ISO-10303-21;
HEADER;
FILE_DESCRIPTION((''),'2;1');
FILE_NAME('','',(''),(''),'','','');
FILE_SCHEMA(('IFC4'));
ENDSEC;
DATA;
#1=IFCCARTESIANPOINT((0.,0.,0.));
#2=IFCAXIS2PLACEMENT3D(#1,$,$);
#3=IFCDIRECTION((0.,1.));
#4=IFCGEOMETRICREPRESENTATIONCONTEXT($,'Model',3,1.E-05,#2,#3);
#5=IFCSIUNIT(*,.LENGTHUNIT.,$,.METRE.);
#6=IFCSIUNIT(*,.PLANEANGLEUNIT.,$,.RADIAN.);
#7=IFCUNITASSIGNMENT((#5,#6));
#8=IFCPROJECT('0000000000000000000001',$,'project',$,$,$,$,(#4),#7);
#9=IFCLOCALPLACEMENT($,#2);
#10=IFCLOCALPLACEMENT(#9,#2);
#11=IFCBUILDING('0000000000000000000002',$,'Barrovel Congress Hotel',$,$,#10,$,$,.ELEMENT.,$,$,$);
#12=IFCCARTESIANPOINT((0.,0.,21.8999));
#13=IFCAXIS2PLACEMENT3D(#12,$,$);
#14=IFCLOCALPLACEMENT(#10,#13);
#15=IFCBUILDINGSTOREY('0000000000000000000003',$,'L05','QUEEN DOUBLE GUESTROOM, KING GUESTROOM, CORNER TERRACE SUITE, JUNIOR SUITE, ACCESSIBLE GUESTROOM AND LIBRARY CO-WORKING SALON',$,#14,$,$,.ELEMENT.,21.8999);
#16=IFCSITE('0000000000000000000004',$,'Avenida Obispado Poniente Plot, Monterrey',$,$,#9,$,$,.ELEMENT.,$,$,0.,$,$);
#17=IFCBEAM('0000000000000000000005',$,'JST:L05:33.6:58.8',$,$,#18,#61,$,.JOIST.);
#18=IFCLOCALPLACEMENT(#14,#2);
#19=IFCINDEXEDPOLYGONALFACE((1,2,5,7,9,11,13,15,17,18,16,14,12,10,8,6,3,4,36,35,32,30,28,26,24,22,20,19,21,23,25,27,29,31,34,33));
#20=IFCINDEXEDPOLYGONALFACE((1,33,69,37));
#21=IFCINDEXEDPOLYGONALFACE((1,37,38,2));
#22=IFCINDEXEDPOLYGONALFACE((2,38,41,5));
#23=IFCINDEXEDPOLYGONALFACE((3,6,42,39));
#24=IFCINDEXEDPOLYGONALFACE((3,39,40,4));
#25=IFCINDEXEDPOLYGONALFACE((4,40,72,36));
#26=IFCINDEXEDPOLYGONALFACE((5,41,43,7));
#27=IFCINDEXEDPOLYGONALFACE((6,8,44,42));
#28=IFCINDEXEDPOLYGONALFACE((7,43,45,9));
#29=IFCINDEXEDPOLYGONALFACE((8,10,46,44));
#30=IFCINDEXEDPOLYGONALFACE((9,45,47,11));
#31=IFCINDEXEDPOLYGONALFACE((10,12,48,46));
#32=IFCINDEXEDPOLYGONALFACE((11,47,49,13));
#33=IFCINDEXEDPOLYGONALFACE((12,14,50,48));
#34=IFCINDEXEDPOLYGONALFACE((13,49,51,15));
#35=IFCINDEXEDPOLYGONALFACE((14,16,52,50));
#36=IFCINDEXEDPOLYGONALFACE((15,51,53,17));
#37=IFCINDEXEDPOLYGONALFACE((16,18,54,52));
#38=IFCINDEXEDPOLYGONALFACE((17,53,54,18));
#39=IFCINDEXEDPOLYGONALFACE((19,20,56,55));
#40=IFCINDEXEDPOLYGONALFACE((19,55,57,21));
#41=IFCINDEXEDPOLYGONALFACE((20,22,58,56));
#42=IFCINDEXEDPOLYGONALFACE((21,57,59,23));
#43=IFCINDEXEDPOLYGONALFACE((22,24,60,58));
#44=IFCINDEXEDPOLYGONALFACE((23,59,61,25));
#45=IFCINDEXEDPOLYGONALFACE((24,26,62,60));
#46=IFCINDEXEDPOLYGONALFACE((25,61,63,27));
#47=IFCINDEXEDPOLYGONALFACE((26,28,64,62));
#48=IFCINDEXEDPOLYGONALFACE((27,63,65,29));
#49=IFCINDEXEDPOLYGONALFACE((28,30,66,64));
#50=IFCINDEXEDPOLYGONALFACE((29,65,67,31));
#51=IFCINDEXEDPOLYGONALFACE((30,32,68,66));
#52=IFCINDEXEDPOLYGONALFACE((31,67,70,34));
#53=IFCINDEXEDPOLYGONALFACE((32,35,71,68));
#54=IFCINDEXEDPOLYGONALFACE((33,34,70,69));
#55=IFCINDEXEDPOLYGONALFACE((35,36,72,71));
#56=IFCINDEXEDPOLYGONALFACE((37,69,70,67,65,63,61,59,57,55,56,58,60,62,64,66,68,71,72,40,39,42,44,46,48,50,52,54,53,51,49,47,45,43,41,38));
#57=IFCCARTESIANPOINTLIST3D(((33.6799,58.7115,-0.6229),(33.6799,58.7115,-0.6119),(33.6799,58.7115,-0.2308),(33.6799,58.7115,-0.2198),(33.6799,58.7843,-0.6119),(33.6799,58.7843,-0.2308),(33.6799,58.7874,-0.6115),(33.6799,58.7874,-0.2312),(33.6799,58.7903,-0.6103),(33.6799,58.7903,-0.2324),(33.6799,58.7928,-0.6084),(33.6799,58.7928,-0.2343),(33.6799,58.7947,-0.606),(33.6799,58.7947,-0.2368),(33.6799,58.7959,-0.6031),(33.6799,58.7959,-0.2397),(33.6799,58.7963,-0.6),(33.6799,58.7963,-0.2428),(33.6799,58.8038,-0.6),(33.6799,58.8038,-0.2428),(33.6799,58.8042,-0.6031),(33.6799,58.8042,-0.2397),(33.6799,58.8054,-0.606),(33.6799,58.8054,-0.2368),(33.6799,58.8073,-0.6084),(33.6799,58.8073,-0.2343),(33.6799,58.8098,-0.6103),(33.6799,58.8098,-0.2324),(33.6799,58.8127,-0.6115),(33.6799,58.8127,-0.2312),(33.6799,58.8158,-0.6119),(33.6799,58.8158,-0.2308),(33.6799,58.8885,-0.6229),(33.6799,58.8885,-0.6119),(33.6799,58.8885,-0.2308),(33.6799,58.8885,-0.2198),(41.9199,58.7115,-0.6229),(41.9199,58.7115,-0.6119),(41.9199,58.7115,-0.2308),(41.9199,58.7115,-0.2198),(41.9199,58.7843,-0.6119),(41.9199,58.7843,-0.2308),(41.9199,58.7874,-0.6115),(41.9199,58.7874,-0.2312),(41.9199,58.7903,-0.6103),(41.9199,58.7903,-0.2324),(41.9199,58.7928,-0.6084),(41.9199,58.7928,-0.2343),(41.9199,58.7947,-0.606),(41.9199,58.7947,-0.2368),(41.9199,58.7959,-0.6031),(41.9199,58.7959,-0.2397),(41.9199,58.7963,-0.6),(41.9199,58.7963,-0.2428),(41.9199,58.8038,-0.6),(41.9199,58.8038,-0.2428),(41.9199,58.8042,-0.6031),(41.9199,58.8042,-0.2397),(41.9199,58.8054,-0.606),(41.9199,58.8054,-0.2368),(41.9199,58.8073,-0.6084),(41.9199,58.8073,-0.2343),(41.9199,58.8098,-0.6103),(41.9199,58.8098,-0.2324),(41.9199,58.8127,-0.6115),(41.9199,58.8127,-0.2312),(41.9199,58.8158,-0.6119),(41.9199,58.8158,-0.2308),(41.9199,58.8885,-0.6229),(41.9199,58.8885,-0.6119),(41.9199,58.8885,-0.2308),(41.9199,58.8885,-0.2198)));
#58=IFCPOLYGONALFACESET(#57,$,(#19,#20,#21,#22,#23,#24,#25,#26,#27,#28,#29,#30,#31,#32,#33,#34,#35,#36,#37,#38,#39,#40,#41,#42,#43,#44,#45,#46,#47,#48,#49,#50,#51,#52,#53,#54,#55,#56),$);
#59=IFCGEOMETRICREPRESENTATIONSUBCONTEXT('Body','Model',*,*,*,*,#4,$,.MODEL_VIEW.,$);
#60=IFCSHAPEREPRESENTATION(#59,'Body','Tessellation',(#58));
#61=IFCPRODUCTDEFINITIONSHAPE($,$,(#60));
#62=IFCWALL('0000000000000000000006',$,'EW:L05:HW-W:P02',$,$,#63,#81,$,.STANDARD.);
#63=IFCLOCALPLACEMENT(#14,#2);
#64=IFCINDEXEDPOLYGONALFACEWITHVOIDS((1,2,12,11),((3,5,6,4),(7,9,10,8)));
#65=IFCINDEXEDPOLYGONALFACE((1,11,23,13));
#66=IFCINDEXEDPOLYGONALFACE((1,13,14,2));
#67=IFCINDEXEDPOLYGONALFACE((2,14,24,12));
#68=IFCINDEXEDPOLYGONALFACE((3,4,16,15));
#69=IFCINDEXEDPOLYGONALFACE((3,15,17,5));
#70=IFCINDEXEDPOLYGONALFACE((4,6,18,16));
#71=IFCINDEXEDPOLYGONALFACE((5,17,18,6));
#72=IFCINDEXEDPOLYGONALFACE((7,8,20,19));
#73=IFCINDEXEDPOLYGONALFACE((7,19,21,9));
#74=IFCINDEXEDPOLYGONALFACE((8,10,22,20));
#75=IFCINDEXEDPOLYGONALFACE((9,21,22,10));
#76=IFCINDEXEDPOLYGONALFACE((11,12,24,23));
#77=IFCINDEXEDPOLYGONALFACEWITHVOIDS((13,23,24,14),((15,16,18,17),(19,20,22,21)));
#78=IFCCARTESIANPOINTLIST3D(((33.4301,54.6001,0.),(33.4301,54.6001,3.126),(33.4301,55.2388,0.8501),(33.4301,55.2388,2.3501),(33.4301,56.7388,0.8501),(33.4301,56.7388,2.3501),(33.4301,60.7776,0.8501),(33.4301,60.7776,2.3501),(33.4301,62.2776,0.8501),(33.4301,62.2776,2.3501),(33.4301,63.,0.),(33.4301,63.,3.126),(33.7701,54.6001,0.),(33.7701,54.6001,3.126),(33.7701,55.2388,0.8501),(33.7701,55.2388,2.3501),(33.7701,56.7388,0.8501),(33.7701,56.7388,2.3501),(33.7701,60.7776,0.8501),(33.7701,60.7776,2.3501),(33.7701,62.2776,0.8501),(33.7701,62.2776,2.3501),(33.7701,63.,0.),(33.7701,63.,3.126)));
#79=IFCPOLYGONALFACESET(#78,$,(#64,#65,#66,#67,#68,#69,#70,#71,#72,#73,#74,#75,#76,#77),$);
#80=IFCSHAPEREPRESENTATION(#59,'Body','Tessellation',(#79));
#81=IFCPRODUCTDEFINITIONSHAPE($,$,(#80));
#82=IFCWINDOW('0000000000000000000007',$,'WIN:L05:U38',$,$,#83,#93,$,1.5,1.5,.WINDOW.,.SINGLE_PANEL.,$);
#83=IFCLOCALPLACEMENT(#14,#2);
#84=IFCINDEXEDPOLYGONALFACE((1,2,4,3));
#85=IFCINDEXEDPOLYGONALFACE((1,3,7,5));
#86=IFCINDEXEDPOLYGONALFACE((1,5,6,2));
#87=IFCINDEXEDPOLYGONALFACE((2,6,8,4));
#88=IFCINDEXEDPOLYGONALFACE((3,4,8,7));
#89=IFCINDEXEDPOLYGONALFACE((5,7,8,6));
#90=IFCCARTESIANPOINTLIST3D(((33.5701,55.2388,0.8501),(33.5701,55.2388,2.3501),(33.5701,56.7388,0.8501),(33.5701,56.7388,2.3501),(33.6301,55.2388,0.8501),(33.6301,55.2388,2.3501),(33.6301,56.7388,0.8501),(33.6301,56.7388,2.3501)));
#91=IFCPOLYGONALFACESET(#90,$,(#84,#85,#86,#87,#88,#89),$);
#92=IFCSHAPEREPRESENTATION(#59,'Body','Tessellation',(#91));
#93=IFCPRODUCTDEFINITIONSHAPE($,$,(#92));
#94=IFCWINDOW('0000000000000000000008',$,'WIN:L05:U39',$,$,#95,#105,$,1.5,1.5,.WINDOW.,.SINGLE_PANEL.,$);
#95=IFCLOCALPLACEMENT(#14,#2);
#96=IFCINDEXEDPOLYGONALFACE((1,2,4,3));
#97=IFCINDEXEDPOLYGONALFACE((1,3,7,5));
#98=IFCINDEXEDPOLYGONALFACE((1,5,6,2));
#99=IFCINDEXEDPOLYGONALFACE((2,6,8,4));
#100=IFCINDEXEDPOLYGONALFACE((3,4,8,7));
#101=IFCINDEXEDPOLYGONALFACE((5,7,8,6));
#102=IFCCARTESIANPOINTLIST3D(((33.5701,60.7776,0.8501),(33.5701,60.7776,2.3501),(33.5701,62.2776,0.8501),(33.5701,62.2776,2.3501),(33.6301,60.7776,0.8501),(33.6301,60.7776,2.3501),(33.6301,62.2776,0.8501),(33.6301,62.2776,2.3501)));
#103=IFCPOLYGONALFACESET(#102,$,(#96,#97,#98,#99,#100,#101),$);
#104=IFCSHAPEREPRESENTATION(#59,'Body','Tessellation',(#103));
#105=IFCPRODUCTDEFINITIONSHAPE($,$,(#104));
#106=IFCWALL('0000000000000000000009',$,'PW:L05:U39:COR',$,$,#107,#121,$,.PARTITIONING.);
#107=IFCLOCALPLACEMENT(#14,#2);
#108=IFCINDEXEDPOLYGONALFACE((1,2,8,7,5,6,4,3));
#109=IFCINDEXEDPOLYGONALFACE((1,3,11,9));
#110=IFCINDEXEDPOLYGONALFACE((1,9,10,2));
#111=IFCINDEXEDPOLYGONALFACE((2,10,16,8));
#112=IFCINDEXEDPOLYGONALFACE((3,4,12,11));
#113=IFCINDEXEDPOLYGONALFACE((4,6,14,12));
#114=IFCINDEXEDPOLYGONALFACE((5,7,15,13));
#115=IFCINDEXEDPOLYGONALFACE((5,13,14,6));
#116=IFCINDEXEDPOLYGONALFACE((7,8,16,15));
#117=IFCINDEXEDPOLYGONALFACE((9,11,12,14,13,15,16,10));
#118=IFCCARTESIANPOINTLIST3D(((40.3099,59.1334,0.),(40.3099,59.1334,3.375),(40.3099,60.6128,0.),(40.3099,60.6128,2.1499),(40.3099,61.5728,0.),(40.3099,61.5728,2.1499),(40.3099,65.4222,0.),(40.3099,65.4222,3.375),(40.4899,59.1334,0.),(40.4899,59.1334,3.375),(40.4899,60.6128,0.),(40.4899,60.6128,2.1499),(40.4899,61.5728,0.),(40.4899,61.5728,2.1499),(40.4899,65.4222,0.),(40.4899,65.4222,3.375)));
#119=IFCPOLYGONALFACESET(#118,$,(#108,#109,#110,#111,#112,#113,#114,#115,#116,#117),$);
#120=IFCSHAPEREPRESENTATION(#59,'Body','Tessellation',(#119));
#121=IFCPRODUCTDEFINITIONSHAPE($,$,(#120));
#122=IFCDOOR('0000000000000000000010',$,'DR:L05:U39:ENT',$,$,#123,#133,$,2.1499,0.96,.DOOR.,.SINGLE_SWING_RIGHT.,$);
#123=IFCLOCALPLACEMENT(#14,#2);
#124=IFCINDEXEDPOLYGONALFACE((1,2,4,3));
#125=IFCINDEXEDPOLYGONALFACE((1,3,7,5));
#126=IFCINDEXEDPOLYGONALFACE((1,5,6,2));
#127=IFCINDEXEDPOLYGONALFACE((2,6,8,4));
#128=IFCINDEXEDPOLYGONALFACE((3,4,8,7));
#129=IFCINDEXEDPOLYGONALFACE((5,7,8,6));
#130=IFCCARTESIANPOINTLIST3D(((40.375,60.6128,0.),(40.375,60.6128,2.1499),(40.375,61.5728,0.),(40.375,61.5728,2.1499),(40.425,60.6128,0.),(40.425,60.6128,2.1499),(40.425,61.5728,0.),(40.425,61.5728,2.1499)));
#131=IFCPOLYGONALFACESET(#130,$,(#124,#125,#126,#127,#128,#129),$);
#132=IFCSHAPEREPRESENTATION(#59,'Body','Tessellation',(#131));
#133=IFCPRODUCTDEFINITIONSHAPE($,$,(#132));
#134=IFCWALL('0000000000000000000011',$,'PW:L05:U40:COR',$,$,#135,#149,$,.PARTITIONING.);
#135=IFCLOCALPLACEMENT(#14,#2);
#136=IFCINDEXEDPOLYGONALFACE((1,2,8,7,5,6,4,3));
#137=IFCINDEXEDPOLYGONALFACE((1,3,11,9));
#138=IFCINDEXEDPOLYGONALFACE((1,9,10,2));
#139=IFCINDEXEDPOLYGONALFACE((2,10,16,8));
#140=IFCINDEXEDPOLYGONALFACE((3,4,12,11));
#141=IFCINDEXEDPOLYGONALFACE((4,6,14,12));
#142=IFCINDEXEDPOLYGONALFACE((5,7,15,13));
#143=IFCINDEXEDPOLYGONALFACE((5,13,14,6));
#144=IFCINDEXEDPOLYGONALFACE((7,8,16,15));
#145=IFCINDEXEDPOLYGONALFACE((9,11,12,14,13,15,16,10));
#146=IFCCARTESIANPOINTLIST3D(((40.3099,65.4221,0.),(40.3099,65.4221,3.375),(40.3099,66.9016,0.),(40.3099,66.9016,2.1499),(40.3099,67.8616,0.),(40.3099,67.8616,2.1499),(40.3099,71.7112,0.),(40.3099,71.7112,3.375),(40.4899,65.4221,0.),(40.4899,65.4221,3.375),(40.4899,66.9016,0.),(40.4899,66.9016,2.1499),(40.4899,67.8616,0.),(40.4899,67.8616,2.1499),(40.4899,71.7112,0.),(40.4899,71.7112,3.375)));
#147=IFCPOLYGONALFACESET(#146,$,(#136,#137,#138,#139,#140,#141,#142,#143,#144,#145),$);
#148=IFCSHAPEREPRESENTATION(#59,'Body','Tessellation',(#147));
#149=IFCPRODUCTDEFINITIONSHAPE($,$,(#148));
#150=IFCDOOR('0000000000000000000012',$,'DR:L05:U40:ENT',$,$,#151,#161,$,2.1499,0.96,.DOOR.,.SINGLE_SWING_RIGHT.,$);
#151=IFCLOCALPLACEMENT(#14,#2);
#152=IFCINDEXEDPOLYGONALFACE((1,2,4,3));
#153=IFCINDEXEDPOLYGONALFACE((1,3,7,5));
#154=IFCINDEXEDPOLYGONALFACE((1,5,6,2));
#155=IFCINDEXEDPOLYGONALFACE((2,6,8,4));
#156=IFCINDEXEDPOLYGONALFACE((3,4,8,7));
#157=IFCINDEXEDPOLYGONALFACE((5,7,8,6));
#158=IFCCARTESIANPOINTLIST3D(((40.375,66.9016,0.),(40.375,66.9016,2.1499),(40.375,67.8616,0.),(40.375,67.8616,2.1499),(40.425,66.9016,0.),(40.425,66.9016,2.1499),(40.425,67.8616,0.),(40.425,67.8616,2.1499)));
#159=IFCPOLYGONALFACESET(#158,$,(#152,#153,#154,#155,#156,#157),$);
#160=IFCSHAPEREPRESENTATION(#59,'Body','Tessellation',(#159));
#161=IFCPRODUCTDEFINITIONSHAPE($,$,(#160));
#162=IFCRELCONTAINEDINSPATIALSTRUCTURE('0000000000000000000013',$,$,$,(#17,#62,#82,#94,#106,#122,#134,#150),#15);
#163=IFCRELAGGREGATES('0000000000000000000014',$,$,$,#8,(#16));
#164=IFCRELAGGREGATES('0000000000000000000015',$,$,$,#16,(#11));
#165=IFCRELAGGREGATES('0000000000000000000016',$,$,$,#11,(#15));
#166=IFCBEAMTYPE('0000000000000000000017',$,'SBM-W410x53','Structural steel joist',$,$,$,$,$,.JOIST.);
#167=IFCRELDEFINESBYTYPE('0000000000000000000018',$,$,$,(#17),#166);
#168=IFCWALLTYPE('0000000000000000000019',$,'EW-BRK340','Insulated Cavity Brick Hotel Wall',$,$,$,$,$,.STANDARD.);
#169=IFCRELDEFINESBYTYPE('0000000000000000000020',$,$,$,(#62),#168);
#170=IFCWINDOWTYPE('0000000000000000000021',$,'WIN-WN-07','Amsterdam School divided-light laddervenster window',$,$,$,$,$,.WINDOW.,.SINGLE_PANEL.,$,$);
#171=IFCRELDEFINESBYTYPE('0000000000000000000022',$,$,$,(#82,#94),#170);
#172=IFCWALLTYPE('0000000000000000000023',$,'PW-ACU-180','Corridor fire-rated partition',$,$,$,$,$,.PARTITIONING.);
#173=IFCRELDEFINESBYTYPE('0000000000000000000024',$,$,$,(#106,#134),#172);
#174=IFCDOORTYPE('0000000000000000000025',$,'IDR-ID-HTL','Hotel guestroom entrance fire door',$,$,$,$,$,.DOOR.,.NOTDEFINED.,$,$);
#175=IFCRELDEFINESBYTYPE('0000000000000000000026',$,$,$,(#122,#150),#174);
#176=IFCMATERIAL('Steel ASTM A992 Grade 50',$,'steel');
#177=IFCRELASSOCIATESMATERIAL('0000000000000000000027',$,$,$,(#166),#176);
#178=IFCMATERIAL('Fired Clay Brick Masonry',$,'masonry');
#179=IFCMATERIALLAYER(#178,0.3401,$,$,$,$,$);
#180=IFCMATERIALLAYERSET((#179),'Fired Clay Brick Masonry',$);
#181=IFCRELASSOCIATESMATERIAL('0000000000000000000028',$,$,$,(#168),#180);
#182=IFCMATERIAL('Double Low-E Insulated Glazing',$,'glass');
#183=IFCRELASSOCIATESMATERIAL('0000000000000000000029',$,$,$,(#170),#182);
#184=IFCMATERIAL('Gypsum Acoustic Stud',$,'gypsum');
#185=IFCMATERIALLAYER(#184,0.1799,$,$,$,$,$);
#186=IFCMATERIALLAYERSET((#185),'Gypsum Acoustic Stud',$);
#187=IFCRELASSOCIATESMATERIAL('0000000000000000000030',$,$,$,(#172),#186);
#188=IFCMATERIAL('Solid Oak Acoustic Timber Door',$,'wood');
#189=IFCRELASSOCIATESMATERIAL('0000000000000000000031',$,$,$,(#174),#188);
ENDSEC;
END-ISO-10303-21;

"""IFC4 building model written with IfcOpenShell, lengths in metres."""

from ifc_helpers import new_model, si_unit, direction, frame, frame_2d, origin, origin_2d, place, context, subcontext, project, spatial, rectangle, i_section, extrude, material, layer, layer_set, material_profile, profile_set, type_object, element, fill, save


model = new_model("IFC4")

# Units and contexts
model_context = context("Model", 3, precision=1e-05, world=origin(), true_north=direction((0.0, 1.0)))
body_context = subcontext(model_context, "Body", "Model", "MODEL_VIEW")
ifc_project = project(units=[si_unit("LENGTHUNIT", "METRE"), si_unit("PLANEANGLEUNIT", "RADIAN")], contexts=[model_context])

# Site, building, storey
site_placement = place(None, origin())
site = spatial("IfcSite", under=ifc_project, at=site_placement, Name="Avenida Obispado Poniente Plot, Monterrey", CompositionType="ELEMENT", RefElevation=0.0)
building_placement = place(site_placement, origin())
building = spatial("IfcBuilding", under=site, at=building_placement, Name="Barrovel Congress Hotel", CompositionType="ELEMENT")
storey_placement = place(building_placement, frame((0.0, 0.0, 21.8999)))
storey = spatial("IfcBuildingStorey", under=building, at=storey_placement, Name="L05", Description="QUEEN DOUBLE GUESTROOM, KING GUESTROOM, CORNER TERRACE SUITE, JUNIOR SUITE, ACCESSIBLE GUESTROOM AND LIBRARY CO-WORKING SALON", CompositionType="ELEMENT", Elevation=21.8999)

# Beam
ifc_material_1 = material(Name="Steel ASTM A992 Grade 50", Category="steel")
ifc_material_profile_1 = material_profile(ifc_material_1, i_section(OverallWidth=0.177, OverallDepth=0.4031, WebThickness=0.0076, FlangeThickness=0.011, FilletRadius=0.012, at=origin_2d()), Name="W410x53")
ifc_profile_set_1 = profile_set([ifc_material_profile_1], Name="Steel ASTM A992 Grade 50")
beam_type_1 = type_object("IfcBeamType", Name="SBM-W410x53", Description="Structural steel joist", PredefinedType="JOIST", material=ifc_profile_set_1)
beam_1_placement = place(storey_placement, frame((33.6799, 58.8, -0.4214), z_axis=(1.0, 0.0, 0.0), x_axis=(0.0, 1.0, 0.0)))
element("IfcBeam", 1, at=beam_1_placement, inside=storey, type_object=beam_type_1, Name="JST:L05:33.6:58.8", PredefinedType="JOIST", context=body_context, shape_type="SweptSolid", body=[
    extrude(i_section(OverallWidth=0.177, OverallDepth=0.4031, WebThickness=0.0076, FlangeThickness=0.011, FilletRadius=0.012, at=origin_2d()), origin(), (0.0, 0.0, 1.0), 8.24),
])

# Wall, openings, windows
ifc_material_2 = material(Name="Fired Clay Brick Masonry", Category="masonry")
ifc_layer_1 = layer(ifc_material_2, 0.3401)
ifc_layer_set_1 = layer_set([ifc_layer_1], Name="Fired Clay Brick Masonry")
wall_type_1 = type_object("IfcWallType", Name="EW-BRK340", Description="Insulated Cavity Brick Hotel Wall", PredefinedType="STANDARD", material=ifc_layer_set_1)
wall_1_placement = place(storey_placement, frame((33.6001, 63.0, 0.0), z_axis=(0.0, 0.0, 1.0), x_axis=(0.0, -1.0, 0.0)))
wall_1 = element("IfcWall", 2, at=wall_1_placement, inside=storey, type_object=wall_type_1, Name="EW:L05:HW-W:P02", PredefinedType="STANDARD", context=body_context, shape_type="SweptSolid", body=[
    extrude(rectangle(XDim=8.3999, YDim=0.3401, at=frame_2d((4.2, 0.0))), origin(), (0.0, 0.0, 1.0), 3.126),
])
opening_1_placement = place(wall_1_placement, frame((6.2612, 0.0, 0.8501)))
opening_1 = element("IfcOpeningElement", 3, at=opening_1_placement, cuts=wall_1, PredefinedType="OPENING", context=body_context, shape_type="SweptSolid", body=[
    extrude(rectangle(XDim=1.5, YDim=1.5, at=frame_2d((0.75, 0.75))), frame((0.0, 0.1802, 0.0), z_axis=(0.0, -1.0, 0.0), x_axis=(1.0, 0.0, 0.0)), (0.0, 0.0, 1.0), 0.3601),
])
opening_2_placement = place(wall_1_placement, frame((0.7224, 0.0, 0.8501)))
opening_2 = element("IfcOpeningElement", 4, at=opening_2_placement, cuts=wall_1, PredefinedType="OPENING", context=body_context, shape_type="SweptSolid", body=[
    extrude(rectangle(XDim=1.5, YDim=1.5, at=frame_2d((0.75, 0.75))), frame((0.0, 0.1802, 0.0), z_axis=(0.0, -1.0, 0.0), x_axis=(1.0, 0.0, 0.0)), (0.0, 0.0, 1.0), 0.3601),
])
ifc_material_3 = material(Name="Double Low-E Insulated Glazing", Category="glass")
window_type = type_object("IfcWindowType", Name="WIN-WN-07", Description="Amsterdam School divided-light laddervenster window", PartitioningType="SINGLE_PANEL", PredefinedType="WINDOW", material=ifc_material_3)
window_1_placement = place(opening_1_placement, origin())
window_1 = element("IfcWindow", 5, at=window_1_placement, inside=storey, type_object=window_type, Name="WIN:L05:U38", OverallHeight=1.5, OverallWidth=1.5, PartitioningType="SINGLE_PANEL", PredefinedType="WINDOW", context=body_context, shape_type="SweptSolid", body=[
    extrude(rectangle(XDim=1.5, YDim=1.5, at=frame_2d((0.75, 0.75))), frame((0.0, 0.03, 0.0), z_axis=(0.0, -1.0, 0.0), x_axis=(1.0, 0.0, 0.0)), (0.0, 0.0, 1.0), 0.0601),
])
fill(opening_1, window_1)
window_2_placement = place(opening_2_placement, origin())
window_2 = element("IfcWindow", 6, at=window_2_placement, inside=storey, type_object=window_type, Name="WIN:L05:U39", OverallHeight=1.5, OverallWidth=1.5, PartitioningType="SINGLE_PANEL", PredefinedType="WINDOW", context=body_context, shape_type="SweptSolid", body=[
    extrude(rectangle(XDim=1.5, YDim=1.5, at=frame_2d((0.75, 0.75))), frame((0.0, 0.03, 0.0), z_axis=(0.0, -1.0, 0.0), x_axis=(1.0, 0.0, 0.0)), (0.0, 0.0, 1.0), 0.0601),
])
fill(opening_2, window_2)

# Walls, openings, doors
ifc_material_4 = material(Name="Gypsum Acoustic Stud", Category="gypsum")
ifc_layer_2 = layer(ifc_material_4, 0.1799)
ifc_layer_set_2 = layer_set([ifc_layer_2], Name="Gypsum Acoustic Stud")
wall_type_2 = type_object("IfcWallType", Name="PW-ACU-180", Description="Corridor fire-rated partition", PredefinedType="PARTITIONING", material=ifc_layer_set_2)
wall_2_placement = place(storey_placement, frame((40.3999, 59.1333, 0.0), z_axis=(0.0, 0.0, 1.0), x_axis=(0.0, 1.0, 0.0)))
wall_2 = element("IfcWall", 7, at=wall_2_placement, inside=storey, type_object=wall_type_2, Name="PW:L05:U39:COR", PredefinedType="PARTITIONING", context=body_context, shape_type="SweptSolid", body=[
    extrude(rectangle(XDim=6.2888, YDim=0.1799, at=frame_2d((3.1445, 0.0))), origin(), (0.0, 0.0, 1.0), 3.375),
])
opening_3_placement = place(wall_2_placement, frame((1.4795, 0.0, 0.0)))
opening_3 = element("IfcOpeningElement", 8, at=opening_3_placement, cuts=wall_2, PredefinedType="OPENING", context=body_context, shape_type="SweptSolid", body=[
    extrude(rectangle(XDim=0.96, YDim=2.1499, at=frame_2d((0.48, 1.075))), frame((0.0, 0.1001, 0.0), z_axis=(0.0, -1.0, 0.0), x_axis=(1.0, 0.0, 0.0)), (0.0, 0.0, 1.0), 0.2),
])
ifc_material_5 = material(Name="Solid Oak Acoustic Timber Door", Category="wood")
door_type_1 = type_object("IfcDoorType", Name="IDR-ID-HTL", Description="Hotel guestroom entrance fire door", OperationType="NOTDEFINED", PredefinedType="DOOR", material=ifc_material_5)
door_1_placement = place(opening_3_placement, origin())
door_1 = element("IfcDoor", 9, at=door_1_placement, inside=storey, type_object=door_type_1, Name="DR:L05:U39:ENT", OperationType="SINGLE_SWING_RIGHT", OverallHeight=2.1499, OverallWidth=0.96, PredefinedType="DOOR", context=body_context, shape_type="SweptSolid", body=[
    extrude(rectangle(XDim=0.96, YDim=2.1499, at=frame_2d((0.48, 1.075))), frame((0.0, 0.0249, 0.0), z_axis=(0.0, -1.0, 0.0), x_axis=(1.0, 0.0, 0.0)), (0.0, 0.0, 1.0), 0.05),
])
fill(opening_3, door_1)
wall_3_placement = place(storey_placement, frame((40.3999, 65.4221, 0.0), z_axis=(0.0, 0.0, 1.0), x_axis=(0.0, 1.0, 0.0)))
wall_3 = element("IfcWall", 10, at=wall_3_placement, inside=storey, type_object=wall_type_2, Name="PW:L05:U40:COR", PredefinedType="PARTITIONING", context=body_context, shape_type="SweptSolid", body=[
    extrude(rectangle(XDim=6.2891, YDim=0.1799, at=frame_2d((3.1445, 0.0))), origin(), (0.0, 0.0, 1.0), 3.375),
])
opening_4_placement = place(wall_3_placement, frame((1.4795, 0.0, 0.0)))
opening_4 = element("IfcOpeningElement", 11, at=opening_4_placement, cuts=wall_3, PredefinedType="OPENING", context=body_context, shape_type="SweptSolid", body=[
    extrude(rectangle(XDim=0.96, YDim=2.1499, at=frame_2d((0.48, 1.075))), frame((0.0, 0.1001, 0.0), z_axis=(0.0, -1.0, 0.0), x_axis=(1.0, 0.0, 0.0)), (0.0, 0.0, 1.0), 0.2),
])
door_2_placement = place(opening_4_placement, origin())
door_2 = element("IfcDoor", 12, at=door_2_placement, inside=storey, type_object=door_type_1, Name="DR:L05:U40:ENT", OperationType="SINGLE_SWING_RIGHT", OverallHeight=2.1499, OverallWidth=0.96, PredefinedType="DOOR", context=body_context, shape_type="SweptSolid", body=[
    extrude(rectangle(XDim=0.96, YDim=2.1499, at=frame_2d((0.48, 1.075))), frame((0.0, 0.0249, 0.0), z_axis=(0.0, -1.0, 0.0), x_axis=(1.0, 0.0, 0.0)), (0.0, 0.0, 1.0), 0.05),
])
fill(opening_4, door_2)

save(model, "model.ifc")
